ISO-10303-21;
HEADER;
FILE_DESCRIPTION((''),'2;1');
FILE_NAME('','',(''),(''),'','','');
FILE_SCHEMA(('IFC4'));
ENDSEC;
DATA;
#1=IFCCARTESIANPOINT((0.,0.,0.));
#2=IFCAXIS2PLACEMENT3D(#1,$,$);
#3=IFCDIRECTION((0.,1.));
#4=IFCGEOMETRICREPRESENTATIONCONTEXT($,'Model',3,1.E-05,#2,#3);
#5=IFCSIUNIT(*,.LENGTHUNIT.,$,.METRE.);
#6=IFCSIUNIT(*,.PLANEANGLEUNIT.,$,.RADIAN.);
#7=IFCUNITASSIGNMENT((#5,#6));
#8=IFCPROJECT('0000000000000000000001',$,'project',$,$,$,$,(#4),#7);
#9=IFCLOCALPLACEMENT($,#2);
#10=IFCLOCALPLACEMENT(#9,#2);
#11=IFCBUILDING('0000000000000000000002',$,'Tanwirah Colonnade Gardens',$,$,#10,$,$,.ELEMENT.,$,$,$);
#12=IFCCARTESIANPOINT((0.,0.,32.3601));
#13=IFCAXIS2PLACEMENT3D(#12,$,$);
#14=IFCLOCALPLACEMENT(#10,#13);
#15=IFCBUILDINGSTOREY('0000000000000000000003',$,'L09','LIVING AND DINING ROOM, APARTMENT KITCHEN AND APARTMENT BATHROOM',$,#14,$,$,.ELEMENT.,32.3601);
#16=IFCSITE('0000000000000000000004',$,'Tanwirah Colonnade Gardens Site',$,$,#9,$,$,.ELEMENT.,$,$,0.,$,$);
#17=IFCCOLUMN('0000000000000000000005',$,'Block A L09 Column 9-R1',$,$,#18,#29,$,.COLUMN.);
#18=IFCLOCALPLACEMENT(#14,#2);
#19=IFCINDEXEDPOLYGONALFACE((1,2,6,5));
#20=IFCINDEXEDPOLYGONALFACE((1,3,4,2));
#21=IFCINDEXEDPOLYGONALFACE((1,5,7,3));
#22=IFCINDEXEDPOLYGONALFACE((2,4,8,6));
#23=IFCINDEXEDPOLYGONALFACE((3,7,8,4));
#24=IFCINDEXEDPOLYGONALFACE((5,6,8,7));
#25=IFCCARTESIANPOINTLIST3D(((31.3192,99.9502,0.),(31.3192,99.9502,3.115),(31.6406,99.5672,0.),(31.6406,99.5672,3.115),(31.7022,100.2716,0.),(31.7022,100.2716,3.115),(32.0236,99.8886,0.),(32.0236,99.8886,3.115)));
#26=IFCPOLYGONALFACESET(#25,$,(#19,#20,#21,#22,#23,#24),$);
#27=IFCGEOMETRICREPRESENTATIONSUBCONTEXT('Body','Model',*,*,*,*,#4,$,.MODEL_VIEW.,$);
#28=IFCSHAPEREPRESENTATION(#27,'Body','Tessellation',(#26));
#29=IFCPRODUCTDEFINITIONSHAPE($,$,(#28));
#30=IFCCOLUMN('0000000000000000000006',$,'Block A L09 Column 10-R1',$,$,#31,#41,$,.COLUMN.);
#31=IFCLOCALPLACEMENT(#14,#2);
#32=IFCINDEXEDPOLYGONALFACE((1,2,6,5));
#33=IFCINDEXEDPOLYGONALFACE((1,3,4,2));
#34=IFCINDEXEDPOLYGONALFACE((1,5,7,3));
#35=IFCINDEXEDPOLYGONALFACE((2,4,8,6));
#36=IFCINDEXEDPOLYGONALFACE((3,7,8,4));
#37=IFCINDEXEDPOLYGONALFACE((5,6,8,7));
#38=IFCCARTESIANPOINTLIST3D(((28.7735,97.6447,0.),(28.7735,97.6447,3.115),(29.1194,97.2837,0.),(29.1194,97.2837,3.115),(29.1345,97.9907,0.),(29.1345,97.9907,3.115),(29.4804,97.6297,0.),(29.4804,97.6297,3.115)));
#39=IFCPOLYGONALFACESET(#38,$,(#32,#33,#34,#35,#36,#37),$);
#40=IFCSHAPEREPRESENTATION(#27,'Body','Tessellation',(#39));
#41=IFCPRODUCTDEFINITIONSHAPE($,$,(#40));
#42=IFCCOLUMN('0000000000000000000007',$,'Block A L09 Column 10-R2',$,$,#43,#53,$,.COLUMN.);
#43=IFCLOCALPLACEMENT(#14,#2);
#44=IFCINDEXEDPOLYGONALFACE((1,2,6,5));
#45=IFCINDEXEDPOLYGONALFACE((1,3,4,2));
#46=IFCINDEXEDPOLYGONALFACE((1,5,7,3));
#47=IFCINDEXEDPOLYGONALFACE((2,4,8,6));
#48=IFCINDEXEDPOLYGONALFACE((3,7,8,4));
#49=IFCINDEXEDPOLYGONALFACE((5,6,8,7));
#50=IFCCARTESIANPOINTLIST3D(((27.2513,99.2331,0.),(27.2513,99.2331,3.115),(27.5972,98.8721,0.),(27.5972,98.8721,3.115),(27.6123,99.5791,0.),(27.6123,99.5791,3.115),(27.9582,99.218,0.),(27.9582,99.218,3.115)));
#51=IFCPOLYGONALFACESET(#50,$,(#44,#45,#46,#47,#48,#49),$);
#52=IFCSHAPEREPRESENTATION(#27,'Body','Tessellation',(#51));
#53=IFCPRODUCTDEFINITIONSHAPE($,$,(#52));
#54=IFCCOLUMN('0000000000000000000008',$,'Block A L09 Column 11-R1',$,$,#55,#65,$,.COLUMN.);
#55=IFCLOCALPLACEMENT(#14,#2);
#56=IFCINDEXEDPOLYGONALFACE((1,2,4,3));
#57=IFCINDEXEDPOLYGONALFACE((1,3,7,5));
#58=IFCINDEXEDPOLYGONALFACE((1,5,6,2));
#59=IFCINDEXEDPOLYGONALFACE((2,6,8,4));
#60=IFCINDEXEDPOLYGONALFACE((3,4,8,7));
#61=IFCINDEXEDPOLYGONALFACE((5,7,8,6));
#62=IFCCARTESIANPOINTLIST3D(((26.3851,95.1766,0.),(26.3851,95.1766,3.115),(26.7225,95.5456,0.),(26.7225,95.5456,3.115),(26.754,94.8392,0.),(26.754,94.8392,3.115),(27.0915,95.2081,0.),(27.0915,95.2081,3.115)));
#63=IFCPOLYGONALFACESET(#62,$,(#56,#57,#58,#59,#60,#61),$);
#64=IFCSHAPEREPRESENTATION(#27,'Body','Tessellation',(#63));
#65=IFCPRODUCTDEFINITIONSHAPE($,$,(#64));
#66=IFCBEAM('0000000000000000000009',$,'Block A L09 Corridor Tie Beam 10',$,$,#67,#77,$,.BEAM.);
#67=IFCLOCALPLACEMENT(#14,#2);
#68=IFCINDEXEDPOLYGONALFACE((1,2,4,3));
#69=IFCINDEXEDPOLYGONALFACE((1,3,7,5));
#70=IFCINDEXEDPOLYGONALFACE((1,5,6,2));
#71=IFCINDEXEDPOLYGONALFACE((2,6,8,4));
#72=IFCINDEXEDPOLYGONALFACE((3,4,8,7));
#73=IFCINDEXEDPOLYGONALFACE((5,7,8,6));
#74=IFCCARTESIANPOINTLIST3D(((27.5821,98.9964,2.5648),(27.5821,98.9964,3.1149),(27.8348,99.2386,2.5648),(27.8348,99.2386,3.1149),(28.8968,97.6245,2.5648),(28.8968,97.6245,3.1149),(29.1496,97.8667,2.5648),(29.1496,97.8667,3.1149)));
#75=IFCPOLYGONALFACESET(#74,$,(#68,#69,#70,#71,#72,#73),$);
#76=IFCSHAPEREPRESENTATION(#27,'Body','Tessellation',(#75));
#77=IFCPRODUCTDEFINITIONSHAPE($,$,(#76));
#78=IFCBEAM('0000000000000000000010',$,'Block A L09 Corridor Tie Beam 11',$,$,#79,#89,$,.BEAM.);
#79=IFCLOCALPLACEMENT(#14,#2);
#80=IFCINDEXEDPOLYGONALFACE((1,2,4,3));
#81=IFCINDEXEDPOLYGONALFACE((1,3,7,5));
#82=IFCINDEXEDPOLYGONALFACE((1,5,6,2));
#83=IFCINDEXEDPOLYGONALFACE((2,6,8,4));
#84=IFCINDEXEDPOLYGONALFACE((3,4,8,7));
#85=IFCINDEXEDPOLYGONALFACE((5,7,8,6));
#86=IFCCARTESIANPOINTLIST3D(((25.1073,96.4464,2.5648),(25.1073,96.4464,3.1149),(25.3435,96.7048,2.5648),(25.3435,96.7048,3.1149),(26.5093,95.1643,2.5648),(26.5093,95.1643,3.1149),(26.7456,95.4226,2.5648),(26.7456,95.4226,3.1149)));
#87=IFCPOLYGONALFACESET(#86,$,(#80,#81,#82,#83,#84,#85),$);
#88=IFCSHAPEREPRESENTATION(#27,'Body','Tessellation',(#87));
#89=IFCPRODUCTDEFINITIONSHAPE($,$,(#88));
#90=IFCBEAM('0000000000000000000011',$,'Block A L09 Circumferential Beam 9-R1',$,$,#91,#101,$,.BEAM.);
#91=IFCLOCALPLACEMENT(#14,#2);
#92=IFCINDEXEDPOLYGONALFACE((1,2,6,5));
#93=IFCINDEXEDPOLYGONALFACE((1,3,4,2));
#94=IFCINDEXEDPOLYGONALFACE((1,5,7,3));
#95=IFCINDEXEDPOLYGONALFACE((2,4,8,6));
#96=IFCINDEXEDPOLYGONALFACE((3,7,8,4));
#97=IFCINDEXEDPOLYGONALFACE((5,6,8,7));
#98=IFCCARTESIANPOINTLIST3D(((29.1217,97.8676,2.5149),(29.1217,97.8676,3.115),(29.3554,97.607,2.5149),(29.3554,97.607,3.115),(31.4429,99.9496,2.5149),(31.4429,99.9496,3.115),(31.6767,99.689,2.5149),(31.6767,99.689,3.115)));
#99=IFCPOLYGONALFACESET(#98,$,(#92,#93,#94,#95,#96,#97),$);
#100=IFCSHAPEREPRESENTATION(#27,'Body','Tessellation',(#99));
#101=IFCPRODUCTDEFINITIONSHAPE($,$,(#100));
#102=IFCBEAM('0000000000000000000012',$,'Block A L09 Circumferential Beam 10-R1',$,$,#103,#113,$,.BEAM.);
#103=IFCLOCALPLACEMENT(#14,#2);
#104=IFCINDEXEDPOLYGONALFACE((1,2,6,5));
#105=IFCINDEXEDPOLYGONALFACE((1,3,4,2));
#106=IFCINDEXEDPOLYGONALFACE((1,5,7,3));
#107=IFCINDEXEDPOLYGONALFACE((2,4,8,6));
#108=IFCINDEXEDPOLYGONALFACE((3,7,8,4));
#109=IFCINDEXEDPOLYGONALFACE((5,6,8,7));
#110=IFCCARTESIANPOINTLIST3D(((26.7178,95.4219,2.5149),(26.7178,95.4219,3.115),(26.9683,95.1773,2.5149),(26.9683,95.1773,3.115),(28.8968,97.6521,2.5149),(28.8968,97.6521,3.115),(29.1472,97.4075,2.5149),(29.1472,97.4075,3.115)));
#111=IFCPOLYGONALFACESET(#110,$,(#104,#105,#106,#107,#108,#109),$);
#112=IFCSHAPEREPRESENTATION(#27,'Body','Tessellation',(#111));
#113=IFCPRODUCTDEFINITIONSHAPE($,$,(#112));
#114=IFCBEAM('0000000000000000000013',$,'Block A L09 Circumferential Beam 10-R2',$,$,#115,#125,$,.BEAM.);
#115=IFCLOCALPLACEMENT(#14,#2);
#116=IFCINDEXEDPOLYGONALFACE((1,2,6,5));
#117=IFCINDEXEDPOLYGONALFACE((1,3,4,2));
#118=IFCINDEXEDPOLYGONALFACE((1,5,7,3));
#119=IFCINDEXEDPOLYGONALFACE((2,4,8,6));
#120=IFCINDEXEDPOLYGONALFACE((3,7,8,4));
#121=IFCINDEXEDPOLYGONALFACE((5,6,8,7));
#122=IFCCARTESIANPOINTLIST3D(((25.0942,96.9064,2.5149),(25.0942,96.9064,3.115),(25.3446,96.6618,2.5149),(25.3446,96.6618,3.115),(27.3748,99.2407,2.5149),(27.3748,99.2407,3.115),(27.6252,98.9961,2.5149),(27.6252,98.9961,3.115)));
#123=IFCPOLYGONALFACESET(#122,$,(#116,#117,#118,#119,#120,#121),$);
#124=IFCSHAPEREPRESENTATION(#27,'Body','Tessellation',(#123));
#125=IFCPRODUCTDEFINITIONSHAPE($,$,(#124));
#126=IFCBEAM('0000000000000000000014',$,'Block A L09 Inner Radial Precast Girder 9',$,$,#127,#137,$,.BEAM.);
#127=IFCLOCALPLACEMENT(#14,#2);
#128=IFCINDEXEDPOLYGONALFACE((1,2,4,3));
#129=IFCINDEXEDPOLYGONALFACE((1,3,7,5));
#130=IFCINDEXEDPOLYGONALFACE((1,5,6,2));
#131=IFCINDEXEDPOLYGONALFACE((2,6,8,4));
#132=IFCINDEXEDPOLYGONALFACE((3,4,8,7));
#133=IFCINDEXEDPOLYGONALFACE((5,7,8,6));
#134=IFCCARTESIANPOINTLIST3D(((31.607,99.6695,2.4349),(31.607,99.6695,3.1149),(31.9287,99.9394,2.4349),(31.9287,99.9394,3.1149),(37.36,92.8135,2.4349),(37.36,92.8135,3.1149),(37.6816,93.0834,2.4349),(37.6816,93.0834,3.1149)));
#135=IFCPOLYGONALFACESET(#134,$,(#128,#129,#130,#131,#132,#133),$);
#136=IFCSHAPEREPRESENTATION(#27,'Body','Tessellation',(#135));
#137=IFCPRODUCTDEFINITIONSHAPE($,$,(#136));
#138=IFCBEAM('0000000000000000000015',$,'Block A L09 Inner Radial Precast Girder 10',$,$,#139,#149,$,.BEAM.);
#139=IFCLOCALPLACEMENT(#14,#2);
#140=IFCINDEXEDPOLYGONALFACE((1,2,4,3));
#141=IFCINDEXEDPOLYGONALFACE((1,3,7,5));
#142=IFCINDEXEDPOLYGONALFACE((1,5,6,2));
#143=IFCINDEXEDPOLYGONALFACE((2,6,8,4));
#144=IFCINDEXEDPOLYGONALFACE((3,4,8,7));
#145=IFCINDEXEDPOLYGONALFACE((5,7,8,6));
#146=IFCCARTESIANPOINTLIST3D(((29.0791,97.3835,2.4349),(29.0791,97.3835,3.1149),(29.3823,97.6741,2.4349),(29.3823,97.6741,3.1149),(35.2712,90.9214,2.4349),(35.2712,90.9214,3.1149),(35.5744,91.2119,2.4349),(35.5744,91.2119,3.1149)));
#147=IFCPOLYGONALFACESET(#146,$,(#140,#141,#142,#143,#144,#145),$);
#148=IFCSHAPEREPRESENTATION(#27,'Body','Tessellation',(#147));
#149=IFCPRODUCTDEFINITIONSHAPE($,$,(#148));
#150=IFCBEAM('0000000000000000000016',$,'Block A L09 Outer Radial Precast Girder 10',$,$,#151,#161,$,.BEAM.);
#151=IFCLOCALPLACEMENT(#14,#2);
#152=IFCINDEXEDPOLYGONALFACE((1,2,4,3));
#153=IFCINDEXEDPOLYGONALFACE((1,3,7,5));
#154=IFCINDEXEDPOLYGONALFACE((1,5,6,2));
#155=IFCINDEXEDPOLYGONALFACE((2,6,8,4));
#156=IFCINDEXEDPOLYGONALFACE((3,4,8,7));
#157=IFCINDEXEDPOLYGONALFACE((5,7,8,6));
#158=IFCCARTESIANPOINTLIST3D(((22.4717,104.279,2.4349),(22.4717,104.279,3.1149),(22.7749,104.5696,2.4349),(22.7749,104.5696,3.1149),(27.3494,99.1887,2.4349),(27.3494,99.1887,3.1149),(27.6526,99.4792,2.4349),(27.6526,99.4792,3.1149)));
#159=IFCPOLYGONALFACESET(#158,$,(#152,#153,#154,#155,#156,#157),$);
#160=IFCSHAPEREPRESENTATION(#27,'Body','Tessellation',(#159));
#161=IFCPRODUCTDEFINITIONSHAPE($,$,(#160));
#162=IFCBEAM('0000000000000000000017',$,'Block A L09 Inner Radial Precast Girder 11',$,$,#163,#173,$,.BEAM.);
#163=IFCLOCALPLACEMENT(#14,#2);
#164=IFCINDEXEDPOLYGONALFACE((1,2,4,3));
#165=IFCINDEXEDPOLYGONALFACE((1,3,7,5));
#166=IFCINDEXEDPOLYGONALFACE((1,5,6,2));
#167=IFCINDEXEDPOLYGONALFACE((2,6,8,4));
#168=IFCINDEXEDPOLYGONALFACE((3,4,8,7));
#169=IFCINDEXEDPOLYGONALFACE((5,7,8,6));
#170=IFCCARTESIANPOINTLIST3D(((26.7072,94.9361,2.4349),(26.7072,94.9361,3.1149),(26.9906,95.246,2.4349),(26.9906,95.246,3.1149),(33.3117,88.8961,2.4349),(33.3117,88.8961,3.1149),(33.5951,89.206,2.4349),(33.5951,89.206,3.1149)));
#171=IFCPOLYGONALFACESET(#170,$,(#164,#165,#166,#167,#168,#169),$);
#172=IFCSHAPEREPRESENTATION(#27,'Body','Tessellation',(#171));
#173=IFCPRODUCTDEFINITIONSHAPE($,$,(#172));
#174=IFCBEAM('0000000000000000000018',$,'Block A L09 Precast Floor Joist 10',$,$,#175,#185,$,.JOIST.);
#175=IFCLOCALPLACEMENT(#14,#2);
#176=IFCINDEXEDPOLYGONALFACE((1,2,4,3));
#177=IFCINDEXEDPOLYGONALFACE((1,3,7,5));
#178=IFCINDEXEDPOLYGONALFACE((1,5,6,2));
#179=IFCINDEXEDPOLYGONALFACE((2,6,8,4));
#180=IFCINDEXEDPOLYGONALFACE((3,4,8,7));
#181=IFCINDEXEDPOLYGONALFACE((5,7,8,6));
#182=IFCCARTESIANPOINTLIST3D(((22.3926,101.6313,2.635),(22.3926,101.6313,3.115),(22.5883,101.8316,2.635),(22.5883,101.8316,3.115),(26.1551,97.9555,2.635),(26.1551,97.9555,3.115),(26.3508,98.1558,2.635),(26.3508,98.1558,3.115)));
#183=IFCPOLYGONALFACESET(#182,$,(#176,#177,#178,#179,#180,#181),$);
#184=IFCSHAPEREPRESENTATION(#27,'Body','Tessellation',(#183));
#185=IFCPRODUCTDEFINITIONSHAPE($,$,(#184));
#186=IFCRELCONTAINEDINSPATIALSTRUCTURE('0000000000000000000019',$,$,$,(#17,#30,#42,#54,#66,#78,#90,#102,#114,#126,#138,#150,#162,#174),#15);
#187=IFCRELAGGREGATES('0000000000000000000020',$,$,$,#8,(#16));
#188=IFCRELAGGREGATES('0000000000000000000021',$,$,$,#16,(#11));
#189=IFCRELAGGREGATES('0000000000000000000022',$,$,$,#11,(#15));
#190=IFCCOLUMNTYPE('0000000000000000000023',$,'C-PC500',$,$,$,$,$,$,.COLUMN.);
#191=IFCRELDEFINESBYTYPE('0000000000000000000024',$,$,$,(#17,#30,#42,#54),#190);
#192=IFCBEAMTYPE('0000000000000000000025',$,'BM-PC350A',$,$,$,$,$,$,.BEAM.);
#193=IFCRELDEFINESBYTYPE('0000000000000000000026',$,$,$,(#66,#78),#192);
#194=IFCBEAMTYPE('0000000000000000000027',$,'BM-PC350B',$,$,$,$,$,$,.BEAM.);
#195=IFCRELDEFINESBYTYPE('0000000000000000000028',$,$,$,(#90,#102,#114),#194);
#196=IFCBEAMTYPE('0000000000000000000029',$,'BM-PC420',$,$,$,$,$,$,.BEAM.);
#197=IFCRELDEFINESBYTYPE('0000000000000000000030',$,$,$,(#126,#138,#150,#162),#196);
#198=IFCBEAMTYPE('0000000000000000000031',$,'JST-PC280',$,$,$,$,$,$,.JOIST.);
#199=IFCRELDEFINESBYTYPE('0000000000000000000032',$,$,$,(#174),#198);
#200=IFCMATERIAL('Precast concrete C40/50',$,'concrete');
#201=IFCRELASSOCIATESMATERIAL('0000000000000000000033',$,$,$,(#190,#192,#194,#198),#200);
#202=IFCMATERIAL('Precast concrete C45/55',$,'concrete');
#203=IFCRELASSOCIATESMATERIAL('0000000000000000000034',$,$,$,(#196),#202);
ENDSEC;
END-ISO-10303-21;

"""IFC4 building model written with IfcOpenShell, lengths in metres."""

from ifc_helpers import new_model, si_unit, direction, frame, origin, origin_2d, place, context, subcontext, project, spatial, rectangle, extrude, material, material_profile, profile_set, type_object, element, save


model = new_model("IFC4")

# Units and contexts
model_context = context("Model", 3, precision=1e-05, world=origin(), true_north=direction((0.0, 1.0)))
body_context = subcontext(model_context, "Body", "Model", "MODEL_VIEW")
ifc_project = project(units=[si_unit("LENGTHUNIT", "METRE"), si_unit("PLANEANGLEUNIT", "RADIAN")], contexts=[model_context])

# Site, building, storey
site_placement = place(None, origin())
site = spatial("IfcSite", under=ifc_project, at=site_placement, Name="Tanwirah Colonnade Gardens Site", CompositionType="ELEMENT", RefElevation=0.0)
building_placement = place(site_placement, origin())
building = spatial("IfcBuilding", under=site, at=building_placement, Name="Tanwirah Colonnade Gardens", CompositionType="ELEMENT")
storey_placement = place(building_placement, frame((0.0, 0.0, 32.3601)))
storey = spatial("IfcBuildingStorey", under=building, at=storey_placement, Name="L09", Description="LIVING AND DINING ROOM, APARTMENT KITCHEN AND APARTMENT BATHROOM", CompositionType="ELEMENT", Elevation=32.3601)

# Columns
ifc_material_1 = material(Name="Precast concrete C40/50", Category="concrete")
ifc_material_profile_1 = material_profile(ifc_material_1, rectangle(XDim=0.5, YDim=0.5, at=origin_2d()), Name="PC-COL 500x500")
ifc_profile_set_1 = profile_set([ifc_material_profile_1], Name="Precast concrete C40/50")
column_type = type_object("IfcColumnType", Name="C-PC500", PredefinedType="COLUMN", material=ifc_profile_set_1)
for number, where, z_axis, x_axis, name in (
    (1, (31.6714, 99.9194, 0.0), (0.0, 0.0, 1.0), (-0.642788, 0.766044, 0.0), "Block A L09 Column 9-R1"),
    (2, (29.127, 97.6372, 0.0), (0.0, 0.0, 1.0), (-0.691863, 0.722029, 0.0), "Block A L09 Column 10-R1"),
    (3, (27.6047, 99.2256, 0.0), (0.0, 0.0, 1.0), (-0.691863, 0.722029, 0.0), "Block A L09 Column 10-R2"),
    (4, (26.7383, 95.1924, 0.0), (0.0, 0.0, 1.0), (-0.737932, 0.674875, 0.0), "Block A L09 Column 11-R1"),
):
    element("IfcColumn", number, at=place(storey_placement, frame(where, z_axis=z_axis, x_axis=x_axis)), inside=storey, type_object=column_type, Name=name, PredefinedType="COLUMN", context=body_context, shape_type="SweptSolid", body=[
        extrude(rectangle(XDim=0.5, YDim=0.5, at=origin_2d()), origin(), (0.0, 0.0, 1.0), 3.115),
    ])

# Beams
ifc_material_profile_2 = material_profile(ifc_material_1, rectangle(XDim=0.3501, YDim=0.55, at=origin_2d()), Name="PC-BM 350x550")
ifc_profile_set_2 = profile_set([ifc_material_profile_2], Name="Precast concrete C40/50")
beam_type_1 = type_object("IfcBeamType", Name="BM-PC350A", PredefinedType="BEAM", material=ifc_profile_set_2)
beam_1_placement = place(storey_placement, frame((29.0232, 97.7456, 2.8398), z_axis=(-0.691914, 0.72198, 0.0), x_axis=(-0.72198, -0.691914, 0.0)))
element("IfcBeam", 5, at=beam_1_placement, inside=storey, type_object=beam_type_1, Name="Block A L09 Corridor Tie Beam 10", PredefinedType="BEAM", context=body_context, shape_type="SweptSolid", body=[
    extrude(rectangle(XDim=0.3501, YDim=0.55, at=origin_2d()), origin(), (0.0, 0.0, 1.0), 1.9001),
])
beam_2_placement = place(storey_placement, frame((26.6274, 95.2935, 2.8398), z_axis=(-0.737948, 0.674857, 0.0), x_axis=(-0.674857, -0.737948, 0.0)))
element("IfcBeam", 6, at=beam_2_placement, inside=storey, type_object=beam_type_1, Name="Block A L09 Corridor Tie Beam 11", PredefinedType="BEAM", context=body_context, shape_type="SweptSolid", body=[
    extrude(rectangle(XDim=0.3501, YDim=0.55, at=origin_2d()), origin(), (0.0, 0.0, 1.0), 1.8999),
])
ifc_material_profile_3 = material_profile(ifc_material_1, rectangle(XDim=0.3501, YDim=0.6001, at=origin_2d()), Name="PC-BM 350x600")
ifc_profile_set_3 = profile_set([ifc_material_profile_3], Name="Precast concrete C40/50")
beam_type_2 = type_object("IfcBeamType", Name="BM-PC350B", PredefinedType="BEAM", material=ifc_profile_set_3)
beam_3_placement = place(storey_placement, frame((31.5598, 99.8193, 2.8149), z_axis=(-0.74443, -0.667701, 0.0), x_axis=(0.667701, -0.74443, 0.0)))
element("IfcBeam", 7, at=beam_3_placement, inside=storey, type_object=beam_type_2, Name="Block A L09 Circumferential Beam 9-R1", PredefinedType="BEAM", context=body_context, shape_type="SweptSolid", body=[
    extrude(rectangle(XDim=0.3501, YDim=0.6001, at=origin_2d()), origin(), (0.0, 0.0, 1.0), 3.1182),
])
beam_4_placement = place(storey_placement, frame((29.022, 97.5298, 2.8149), z_axis=(-0.698837, -0.715281, 0.0), x_axis=(0.715281, -0.698837, 0.0)))
element("IfcBeam", 8, at=beam_4_placement, inside=storey, type_object=beam_type_2, Name="Block A L09 Circumferential Beam 10-R1", PredefinedType="BEAM", context=body_context, shape_type="SweptSolid", body=[
    extrude(rectangle(XDim=0.3501, YDim=0.6001, at=origin_2d()), origin(), (0.0, 0.0, 1.0), 3.1179),
])
beam_5_placement = place(storey_placement, frame((27.5, 99.1184, 2.8149), z_axis=(-0.698829, -0.715288, 0.0), x_axis=(0.715288, -0.698829, 0.0)))
element("IfcBeam", 9, at=beam_5_placement, inside=storey, type_object=beam_type_2, Name="Block A L09 Circumferential Beam 10-R2", PredefinedType="BEAM", context=body_context, shape_type="SweptSolid", body=[
    extrude(rectangle(XDim=0.3501, YDim=0.6001, at=origin_2d()), origin(), (0.0, 0.0, 1.0), 3.2634),
])
ifc_material_2 = material(Name="Precast concrete C45/55", Category="concrete")
ifc_material_profile_4 = material_profile(ifc_material_2, rectangle(XDim=0.4199, YDim=0.6799, at=origin_2d()), Name="PC-BM 420x680")
ifc_profile_set_4 = profile_set([ifc_material_profile_4], Name="Precast concrete C45/55")
beam_type_3 = type_object("IfcBeamType", Name="BM-PC420", PredefinedType="BEAM", material=ifc_profile_set_4)
for number, where, z_axis, x_axis, name in (
    (10, (31.7678, 99.8044, 2.7749), (0.642794, -0.766039, 0.0), (0.766039, 0.642794, 0.0), "Block A L09 Inner Radial Precast Girder 9"),
    (11, (29.2307, 97.5288, 2.7749), (0.691861, -0.722031, 0.0), (0.722031, 0.691861, 0.0), "Block A L09 Inner Radial Precast Girder 10"),
):
    element("IfcBeam", number, at=place(storey_placement, frame(where, z_axis=z_axis, x_axis=x_axis)), inside=storey, type_object=beam_type_3, Name=name, PredefinedType="BEAM", context=body_context, shape_type="SweptSolid", body=[
        extrude(rectangle(XDim=0.4199, YDim=0.6799, at=origin_2d()), origin(), (0.0, 0.0, 1.0), 8.95),
    ])
beam_6_placement = place(storey_placement, frame((27.501, 99.334, 2.7749), z_axis=(-0.691865, 0.722027, 0.0), x_axis=(-0.722027, -0.691865, 0.0)))
element("IfcBeam", 12, at=beam_6_placement, inside=storey, type_object=beam_type_3, Name="Block A L09 Outer Radial Precast Girder 10", PredefinedType="BEAM", context=body_context, shape_type="SweptSolid", body=[
    extrude(rectangle(XDim=0.4199, YDim=0.6799, at=origin_2d()), origin(), (0.0, 0.0, 1.0), 7.05),
])
beam_7_placement = place(storey_placement, frame((26.8489, 95.0911, 2.7749), z_axis=(0.737937, -0.674869, 0.0), x_axis=(0.674869, 0.737937, 0.0)))
element("IfcBeam", 13, at=beam_7_placement, inside=storey, type_object=beam_type_3, Name="Block A L09 Inner Radial Precast Girder 11", PredefinedType="BEAM", context=body_context, shape_type="SweptSolid", body=[
    extrude(rectangle(XDim=0.4199, YDim=0.6799, at=origin_2d()), origin(), (0.0, 0.0, 1.0), 8.95),
])
ifc_material_profile_5 = material_profile(ifc_material_1, rectangle(XDim=0.28, YDim=0.48, at=origin_2d()), Name="PC-JST 280x480")
ifc_profile_set_5 = profile_set([ifc_material_profile_5], Name="Precast concrete C40/50")
beam_type_4 = type_object("IfcBeamType", Name="JST-PC280", PredefinedType="JOIST", material=ifc_profile_set_5)
beam_8_placement = place(storey_placement, frame((26.2529, 98.0557, 2.875), z_axis=(-0.715297, 0.69882, 0.0), x_axis=(-0.69882, -0.715297, 0.0)))
element("IfcBeam", 14, at=beam_8_placement, inside=storey, type_object=beam_type_4, Name="Block A L09 Precast Floor Joist 10", PredefinedType="JOIST", context=body_context, shape_type="SweptSolid", body=[
    extrude(rectangle(XDim=0.28, YDim=0.48, at=origin_2d()), origin(), (0.0, 0.0, 1.0), 5.26),
])

save(model, "model.ifc")
